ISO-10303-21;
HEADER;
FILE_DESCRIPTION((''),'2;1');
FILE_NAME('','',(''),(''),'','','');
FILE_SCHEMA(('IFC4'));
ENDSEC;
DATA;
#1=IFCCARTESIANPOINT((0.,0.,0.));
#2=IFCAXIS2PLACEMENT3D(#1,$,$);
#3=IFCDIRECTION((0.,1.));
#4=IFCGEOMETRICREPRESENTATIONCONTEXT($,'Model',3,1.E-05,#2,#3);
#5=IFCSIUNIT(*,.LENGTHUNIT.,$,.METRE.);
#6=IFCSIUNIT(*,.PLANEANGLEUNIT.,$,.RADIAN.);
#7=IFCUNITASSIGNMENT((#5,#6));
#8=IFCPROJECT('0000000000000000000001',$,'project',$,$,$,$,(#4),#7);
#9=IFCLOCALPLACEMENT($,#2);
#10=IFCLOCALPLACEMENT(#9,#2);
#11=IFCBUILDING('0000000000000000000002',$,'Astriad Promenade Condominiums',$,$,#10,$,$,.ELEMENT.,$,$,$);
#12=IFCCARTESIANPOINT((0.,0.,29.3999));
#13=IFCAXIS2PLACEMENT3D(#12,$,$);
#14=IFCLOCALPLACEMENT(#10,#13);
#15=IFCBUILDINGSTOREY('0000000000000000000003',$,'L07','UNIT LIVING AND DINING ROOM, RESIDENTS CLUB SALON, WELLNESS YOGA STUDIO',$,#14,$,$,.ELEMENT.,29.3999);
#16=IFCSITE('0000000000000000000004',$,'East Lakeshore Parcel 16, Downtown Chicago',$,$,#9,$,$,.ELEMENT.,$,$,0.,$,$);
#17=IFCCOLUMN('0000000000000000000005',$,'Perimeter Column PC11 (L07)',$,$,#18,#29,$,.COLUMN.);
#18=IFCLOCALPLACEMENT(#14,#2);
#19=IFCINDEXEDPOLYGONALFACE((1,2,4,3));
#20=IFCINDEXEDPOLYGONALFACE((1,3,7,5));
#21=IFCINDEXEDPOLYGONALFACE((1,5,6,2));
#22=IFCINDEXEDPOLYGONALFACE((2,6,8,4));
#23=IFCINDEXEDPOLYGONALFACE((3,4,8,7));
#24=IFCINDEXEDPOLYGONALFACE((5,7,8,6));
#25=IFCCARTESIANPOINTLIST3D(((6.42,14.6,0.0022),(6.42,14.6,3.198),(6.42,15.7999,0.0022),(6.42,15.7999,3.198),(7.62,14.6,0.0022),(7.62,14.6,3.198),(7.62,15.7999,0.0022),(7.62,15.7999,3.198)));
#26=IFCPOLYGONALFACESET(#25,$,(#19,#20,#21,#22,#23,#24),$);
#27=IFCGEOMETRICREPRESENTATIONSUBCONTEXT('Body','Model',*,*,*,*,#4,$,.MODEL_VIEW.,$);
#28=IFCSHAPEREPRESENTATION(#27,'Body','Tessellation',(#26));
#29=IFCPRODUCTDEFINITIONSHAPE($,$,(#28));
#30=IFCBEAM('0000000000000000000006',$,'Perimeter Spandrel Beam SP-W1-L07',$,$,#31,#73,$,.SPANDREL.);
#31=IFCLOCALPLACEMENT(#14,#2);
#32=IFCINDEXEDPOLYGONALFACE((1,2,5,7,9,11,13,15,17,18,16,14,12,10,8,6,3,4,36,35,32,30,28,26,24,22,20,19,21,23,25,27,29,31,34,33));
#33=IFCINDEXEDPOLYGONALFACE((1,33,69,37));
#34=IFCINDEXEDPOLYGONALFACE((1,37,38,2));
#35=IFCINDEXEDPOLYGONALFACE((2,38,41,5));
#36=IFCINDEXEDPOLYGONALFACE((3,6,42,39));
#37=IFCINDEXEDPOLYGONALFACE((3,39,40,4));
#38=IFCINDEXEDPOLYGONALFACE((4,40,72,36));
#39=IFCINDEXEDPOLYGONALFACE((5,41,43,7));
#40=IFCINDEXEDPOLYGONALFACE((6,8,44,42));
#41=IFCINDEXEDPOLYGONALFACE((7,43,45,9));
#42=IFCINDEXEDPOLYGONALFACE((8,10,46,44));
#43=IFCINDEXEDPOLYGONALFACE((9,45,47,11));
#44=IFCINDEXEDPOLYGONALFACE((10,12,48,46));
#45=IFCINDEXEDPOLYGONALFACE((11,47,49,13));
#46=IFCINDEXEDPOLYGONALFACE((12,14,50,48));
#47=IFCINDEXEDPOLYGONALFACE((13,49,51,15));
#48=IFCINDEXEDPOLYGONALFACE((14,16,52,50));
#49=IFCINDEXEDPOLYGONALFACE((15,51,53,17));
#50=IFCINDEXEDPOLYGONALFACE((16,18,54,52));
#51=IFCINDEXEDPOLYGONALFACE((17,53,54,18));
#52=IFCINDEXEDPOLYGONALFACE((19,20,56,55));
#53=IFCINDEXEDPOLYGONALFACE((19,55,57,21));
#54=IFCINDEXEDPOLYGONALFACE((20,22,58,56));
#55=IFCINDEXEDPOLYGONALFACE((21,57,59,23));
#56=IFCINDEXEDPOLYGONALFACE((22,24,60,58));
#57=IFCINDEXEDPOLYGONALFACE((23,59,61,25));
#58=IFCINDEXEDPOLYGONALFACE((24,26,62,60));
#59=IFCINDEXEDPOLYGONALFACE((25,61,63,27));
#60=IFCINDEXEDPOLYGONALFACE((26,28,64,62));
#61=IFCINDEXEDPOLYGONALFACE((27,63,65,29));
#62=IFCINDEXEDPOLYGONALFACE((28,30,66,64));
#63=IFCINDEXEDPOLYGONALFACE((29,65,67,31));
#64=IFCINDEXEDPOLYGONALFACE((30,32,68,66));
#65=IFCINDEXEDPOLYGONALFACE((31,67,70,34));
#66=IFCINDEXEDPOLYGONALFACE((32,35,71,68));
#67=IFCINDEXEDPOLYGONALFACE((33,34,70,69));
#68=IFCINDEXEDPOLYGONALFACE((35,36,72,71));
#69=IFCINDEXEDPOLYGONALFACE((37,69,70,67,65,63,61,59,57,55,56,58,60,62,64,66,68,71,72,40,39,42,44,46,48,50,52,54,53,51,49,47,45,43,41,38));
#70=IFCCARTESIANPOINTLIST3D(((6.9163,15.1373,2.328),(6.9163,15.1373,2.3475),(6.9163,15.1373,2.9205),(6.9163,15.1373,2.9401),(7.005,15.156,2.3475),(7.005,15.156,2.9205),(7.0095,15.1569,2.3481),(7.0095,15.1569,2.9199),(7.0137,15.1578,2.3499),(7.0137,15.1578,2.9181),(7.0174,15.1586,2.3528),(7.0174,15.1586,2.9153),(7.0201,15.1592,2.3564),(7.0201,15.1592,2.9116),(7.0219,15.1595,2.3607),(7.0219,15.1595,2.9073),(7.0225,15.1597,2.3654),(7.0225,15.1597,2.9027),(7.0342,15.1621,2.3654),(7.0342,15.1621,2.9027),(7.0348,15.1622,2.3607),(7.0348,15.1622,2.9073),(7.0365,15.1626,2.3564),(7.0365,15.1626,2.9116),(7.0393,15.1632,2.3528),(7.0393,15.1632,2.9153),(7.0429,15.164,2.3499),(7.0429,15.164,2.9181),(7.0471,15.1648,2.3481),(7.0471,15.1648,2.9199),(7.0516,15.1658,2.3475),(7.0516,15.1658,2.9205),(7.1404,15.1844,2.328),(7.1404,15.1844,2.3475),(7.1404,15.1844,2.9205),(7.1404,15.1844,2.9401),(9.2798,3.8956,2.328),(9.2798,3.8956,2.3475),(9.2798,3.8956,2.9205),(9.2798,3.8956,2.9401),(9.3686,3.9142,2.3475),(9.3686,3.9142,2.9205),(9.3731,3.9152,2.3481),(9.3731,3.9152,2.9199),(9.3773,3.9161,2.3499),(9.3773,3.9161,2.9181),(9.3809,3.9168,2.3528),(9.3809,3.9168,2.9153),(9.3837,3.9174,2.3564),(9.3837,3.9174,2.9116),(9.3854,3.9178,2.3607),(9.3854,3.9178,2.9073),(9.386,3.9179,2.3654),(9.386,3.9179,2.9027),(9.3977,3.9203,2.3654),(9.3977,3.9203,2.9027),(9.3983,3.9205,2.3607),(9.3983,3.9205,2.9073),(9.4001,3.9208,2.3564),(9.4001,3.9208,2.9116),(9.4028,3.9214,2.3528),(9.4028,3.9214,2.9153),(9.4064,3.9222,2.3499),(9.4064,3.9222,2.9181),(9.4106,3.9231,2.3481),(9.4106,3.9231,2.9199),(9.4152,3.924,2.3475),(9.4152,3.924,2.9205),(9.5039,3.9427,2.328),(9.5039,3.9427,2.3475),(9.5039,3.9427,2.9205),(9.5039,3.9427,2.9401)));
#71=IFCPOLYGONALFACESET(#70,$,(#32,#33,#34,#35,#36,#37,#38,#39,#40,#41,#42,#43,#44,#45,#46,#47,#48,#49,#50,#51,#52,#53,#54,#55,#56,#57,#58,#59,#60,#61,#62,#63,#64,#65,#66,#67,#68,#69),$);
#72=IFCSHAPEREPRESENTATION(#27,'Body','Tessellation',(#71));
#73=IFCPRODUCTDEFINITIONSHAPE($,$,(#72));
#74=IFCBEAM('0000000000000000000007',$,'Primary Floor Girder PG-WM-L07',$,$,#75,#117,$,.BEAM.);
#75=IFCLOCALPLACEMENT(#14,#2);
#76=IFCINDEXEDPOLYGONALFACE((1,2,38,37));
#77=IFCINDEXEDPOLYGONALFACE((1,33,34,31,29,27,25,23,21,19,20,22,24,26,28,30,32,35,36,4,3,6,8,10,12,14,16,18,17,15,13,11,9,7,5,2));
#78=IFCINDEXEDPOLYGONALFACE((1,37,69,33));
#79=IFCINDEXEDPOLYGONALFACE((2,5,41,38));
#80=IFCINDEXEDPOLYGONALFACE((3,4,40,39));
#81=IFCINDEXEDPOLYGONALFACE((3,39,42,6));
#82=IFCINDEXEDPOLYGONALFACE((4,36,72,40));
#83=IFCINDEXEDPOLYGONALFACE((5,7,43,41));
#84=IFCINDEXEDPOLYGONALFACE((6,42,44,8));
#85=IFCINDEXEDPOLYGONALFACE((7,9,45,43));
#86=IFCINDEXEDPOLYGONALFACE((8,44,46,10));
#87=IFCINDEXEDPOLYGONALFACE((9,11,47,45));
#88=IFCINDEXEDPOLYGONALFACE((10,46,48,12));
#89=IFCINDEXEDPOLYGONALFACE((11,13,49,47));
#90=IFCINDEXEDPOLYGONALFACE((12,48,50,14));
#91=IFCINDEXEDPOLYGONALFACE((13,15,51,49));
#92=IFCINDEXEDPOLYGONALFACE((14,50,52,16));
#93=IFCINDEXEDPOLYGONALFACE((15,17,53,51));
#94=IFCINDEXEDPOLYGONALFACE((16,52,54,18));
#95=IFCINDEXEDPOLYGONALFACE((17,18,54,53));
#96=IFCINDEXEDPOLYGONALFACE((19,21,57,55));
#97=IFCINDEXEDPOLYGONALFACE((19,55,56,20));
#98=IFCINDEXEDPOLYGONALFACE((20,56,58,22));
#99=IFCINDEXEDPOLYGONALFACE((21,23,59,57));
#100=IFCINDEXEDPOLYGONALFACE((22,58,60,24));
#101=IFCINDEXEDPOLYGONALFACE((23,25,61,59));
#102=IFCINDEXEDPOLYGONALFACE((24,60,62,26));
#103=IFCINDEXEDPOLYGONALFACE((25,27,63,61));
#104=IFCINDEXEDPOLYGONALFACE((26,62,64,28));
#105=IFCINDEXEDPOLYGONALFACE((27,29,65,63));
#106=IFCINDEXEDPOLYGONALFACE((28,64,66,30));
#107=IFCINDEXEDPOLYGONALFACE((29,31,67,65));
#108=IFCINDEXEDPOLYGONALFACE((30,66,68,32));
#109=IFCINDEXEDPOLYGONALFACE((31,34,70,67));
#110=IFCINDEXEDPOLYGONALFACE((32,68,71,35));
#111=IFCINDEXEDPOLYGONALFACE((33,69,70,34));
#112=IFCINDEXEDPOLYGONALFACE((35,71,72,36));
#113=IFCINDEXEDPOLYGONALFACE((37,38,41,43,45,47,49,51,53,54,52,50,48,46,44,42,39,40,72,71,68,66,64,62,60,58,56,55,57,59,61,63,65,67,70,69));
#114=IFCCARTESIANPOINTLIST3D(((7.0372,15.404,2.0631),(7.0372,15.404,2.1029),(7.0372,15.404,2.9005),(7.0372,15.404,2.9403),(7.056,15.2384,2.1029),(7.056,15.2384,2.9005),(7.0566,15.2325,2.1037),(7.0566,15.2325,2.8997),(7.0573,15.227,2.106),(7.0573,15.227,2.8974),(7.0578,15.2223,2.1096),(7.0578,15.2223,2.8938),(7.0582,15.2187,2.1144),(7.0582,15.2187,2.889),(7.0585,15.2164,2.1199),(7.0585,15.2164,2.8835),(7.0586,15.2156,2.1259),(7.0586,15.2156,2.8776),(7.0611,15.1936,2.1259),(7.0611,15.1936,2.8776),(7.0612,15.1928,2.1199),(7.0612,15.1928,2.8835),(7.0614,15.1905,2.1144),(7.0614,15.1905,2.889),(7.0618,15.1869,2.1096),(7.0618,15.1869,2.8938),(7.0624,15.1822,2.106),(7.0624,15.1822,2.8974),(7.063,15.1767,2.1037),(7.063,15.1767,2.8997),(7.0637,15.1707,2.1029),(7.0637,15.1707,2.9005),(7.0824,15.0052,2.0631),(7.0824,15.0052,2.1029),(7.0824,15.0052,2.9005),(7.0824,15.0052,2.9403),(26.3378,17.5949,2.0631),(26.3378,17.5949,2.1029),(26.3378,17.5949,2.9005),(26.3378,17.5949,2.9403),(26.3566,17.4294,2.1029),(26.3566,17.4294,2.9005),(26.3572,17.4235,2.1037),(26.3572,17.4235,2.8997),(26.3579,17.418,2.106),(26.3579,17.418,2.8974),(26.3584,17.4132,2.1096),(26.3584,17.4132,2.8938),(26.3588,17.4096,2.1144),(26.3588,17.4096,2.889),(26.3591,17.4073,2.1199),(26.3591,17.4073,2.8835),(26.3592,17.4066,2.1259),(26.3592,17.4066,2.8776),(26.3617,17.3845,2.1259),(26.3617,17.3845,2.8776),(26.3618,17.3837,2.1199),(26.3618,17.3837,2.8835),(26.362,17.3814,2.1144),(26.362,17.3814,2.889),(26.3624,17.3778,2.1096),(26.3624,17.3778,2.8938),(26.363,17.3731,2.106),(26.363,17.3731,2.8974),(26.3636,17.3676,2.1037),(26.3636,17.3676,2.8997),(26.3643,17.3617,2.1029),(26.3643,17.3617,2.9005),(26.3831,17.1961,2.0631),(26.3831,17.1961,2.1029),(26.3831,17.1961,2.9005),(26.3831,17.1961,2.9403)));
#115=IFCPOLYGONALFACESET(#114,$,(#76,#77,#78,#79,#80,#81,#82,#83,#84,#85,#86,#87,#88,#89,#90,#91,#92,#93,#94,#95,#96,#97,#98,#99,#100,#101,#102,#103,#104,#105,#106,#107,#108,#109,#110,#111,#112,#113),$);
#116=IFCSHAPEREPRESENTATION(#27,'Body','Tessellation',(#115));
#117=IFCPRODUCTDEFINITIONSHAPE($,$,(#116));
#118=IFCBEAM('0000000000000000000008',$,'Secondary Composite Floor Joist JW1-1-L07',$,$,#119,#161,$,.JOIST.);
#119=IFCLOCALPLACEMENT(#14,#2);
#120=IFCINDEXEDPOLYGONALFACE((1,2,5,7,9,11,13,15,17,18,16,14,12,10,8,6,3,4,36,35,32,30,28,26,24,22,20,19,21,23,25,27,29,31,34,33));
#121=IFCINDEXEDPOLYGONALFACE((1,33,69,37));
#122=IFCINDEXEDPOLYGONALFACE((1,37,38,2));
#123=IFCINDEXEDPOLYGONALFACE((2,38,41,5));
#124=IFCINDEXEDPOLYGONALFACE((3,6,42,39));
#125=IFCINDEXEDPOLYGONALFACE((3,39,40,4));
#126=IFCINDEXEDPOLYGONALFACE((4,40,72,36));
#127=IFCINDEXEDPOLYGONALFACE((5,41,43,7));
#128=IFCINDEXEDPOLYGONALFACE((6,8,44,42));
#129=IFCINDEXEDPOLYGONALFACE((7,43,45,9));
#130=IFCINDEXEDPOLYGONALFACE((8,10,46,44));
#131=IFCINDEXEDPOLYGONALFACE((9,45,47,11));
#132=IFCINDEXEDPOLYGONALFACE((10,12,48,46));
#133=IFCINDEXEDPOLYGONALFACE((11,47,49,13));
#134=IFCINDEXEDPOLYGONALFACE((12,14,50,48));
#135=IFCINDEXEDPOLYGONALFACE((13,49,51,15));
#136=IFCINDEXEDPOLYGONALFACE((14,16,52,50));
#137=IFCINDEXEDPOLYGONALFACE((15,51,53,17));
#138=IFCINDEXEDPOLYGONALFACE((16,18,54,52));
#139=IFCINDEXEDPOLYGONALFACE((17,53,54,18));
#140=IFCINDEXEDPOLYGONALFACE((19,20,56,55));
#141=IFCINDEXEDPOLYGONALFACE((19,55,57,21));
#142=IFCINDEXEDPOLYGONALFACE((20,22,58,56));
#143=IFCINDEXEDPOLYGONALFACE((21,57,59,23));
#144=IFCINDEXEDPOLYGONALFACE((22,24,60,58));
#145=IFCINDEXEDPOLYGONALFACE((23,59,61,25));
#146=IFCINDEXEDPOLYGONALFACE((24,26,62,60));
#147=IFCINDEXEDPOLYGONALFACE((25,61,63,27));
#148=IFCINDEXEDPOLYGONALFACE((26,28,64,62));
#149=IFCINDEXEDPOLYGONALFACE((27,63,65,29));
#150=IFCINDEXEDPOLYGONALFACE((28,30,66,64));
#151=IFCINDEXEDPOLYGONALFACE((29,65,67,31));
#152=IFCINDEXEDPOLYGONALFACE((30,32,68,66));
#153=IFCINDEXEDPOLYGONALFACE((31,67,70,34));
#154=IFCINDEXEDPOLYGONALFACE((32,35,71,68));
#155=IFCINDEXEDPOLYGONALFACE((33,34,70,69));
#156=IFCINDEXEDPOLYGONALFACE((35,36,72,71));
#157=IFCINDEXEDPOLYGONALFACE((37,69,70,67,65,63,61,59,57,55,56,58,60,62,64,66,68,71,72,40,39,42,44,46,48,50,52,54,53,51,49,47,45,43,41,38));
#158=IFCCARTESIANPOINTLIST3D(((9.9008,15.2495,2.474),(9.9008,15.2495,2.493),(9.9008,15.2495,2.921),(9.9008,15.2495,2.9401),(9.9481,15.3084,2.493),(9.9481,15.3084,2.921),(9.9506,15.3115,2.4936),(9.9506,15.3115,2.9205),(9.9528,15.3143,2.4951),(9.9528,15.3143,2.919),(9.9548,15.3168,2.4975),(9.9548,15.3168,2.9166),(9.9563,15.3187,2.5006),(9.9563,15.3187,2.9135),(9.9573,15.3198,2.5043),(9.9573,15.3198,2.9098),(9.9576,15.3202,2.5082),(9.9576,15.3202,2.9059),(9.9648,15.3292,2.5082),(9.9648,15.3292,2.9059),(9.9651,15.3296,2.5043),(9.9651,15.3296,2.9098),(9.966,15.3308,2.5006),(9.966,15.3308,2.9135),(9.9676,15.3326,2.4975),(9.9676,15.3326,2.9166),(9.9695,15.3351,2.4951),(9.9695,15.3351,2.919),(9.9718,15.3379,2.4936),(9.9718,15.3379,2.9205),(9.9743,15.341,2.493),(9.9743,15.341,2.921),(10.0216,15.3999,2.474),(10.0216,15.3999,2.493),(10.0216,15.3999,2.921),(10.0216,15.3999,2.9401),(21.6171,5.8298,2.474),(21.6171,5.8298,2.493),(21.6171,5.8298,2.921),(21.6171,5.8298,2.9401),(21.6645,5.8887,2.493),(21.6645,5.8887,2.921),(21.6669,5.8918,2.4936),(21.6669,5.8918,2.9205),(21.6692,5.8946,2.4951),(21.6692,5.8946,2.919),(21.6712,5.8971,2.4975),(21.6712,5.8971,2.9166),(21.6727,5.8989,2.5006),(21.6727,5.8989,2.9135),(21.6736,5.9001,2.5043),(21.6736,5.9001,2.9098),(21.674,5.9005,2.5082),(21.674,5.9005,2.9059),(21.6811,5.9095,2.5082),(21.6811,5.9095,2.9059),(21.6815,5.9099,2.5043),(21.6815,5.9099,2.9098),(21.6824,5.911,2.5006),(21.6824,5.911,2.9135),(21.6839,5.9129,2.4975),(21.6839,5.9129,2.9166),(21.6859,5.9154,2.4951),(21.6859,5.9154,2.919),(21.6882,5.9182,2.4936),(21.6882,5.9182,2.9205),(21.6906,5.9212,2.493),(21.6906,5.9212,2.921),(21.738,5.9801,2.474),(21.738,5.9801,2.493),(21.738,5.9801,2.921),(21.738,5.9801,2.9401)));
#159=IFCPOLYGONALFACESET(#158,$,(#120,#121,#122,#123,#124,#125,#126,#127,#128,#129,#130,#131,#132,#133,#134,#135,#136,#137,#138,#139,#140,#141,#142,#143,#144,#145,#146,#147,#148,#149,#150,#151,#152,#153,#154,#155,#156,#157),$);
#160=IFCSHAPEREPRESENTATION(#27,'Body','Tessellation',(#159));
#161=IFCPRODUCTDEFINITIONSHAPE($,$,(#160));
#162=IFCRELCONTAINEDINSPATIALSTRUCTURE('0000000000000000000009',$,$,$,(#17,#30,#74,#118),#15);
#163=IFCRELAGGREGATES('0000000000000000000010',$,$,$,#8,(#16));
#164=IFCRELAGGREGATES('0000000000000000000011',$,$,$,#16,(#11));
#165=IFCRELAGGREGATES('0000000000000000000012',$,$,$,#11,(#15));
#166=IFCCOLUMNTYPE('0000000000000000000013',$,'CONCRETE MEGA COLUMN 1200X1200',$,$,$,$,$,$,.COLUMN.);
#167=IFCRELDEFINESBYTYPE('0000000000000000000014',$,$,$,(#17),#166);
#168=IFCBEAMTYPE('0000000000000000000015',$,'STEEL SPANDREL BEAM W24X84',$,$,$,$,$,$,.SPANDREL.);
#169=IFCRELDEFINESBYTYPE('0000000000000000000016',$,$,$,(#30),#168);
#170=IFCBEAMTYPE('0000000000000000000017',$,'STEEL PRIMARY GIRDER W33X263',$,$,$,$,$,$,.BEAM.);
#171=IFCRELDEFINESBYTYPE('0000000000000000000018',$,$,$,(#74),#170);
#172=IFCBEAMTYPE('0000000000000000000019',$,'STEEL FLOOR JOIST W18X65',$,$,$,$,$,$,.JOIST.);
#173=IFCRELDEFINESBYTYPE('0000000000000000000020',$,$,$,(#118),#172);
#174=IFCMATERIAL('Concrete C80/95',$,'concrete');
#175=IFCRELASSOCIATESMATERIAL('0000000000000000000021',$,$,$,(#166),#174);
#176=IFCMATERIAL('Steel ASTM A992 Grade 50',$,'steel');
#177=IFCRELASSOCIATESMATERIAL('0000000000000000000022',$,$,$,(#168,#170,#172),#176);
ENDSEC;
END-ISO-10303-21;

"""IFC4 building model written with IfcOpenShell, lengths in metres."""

from ifc_helpers import new_model, si_unit, direction, frame, origin, origin_2d, place, context, subcontext, project, spatial, rectangle, i_section, extrude, source, transform, mapped, material, material_profile, profile_set, type_object, type_shapes, element, save


model = new_model("IFC4")

# Units and contexts
model_context = context("Model", 3, precision=1e-05, world=origin(), true_north=direction((0.0, 1.0)))
body_context = subcontext(model_context, "Body", "Model", "MODEL_VIEW")
ifc_project = project(units=[si_unit("LENGTHUNIT", "METRE"), si_unit("PLANEANGLEUNIT", "RADIAN")], contexts=[model_context])

# Site, building, storey
site_placement = place(None, origin())
site = spatial("IfcSite", under=ifc_project, at=site_placement, Name="East Lakeshore Parcel 16, Downtown Chicago", CompositionType="ELEMENT", RefElevation=0.0)
building_placement = place(site_placement, origin())
building = spatial("IfcBuilding", under=site, at=building_placement, Name="Astriad Promenade Condominiums", CompositionType="ELEMENT")
storey_placement = place(building_placement, frame((0.0, 0.0, 29.3999)))
storey = spatial("IfcBuildingStorey", under=building, at=storey_placement, Name="L07", Description="UNIT LIVING AND DINING ROOM, RESIDENTS CLUB SALON, WELLNESS YOGA STUDIO", CompositionType="ELEMENT", Elevation=29.3999)

# Column
ifc_material_1 = material(Name="Concrete C80/95", Category="concrete")
ifc_material_profile_1 = material_profile(ifc_material_1, rectangle(XDim=1.2, YDim=1.2, at=origin_2d()), Name="RC-COL-1200X1200")
ifc_profile_set_1 = profile_set([ifc_material_profile_1], Name="Concrete C80/95")
column_type = type_object("IfcColumnType", Name="CONCRETE MEGA COLUMN 1200X1200", PredefinedType="COLUMN", material=ifc_profile_set_1)
shared_shape_1 = source(origin(), body_context, "Body", "SweptSolid", [
    extrude(rectangle(XDim=1.2, YDim=1.2, at=origin_2d()), origin(), (0.0, 0.0, 1.0), 3.1958),
])
type_shapes(column_type, [shared_shape_1])
column_placement = place(storey_placement, frame((7.02, 15.2, 0.0022), z_axis=(0.0, 0.0, 1.0), x_axis=(1.0, 0.0, 0.0)))
element("IfcColumn", 1, at=column_placement, inside=storey, type_object=column_type, Name="Perimeter Column PC11 (L07)", PredefinedType="COLUMN", context=body_context, shape_type="MappedRepresentation", body=[
    mapped(shared_shape_1, transform((0.0, 0.0, 0.0), scale=1.0)),
])

# Beams
ifc_material_2 = material(Name="Steel ASTM A992 Grade 50", Category="steel")
ifc_material_profile_2 = material_profile(ifc_material_2, i_section(OverallWidth=0.229, OverallDepth=0.6121, WebThickness=0.012, FlangeThickness=0.0195, FilletRadius=0.0178, at=origin_2d()), Name="W24X84")
ifc_profile_set_2 = profile_set([ifc_material_profile_2], Name="Steel ASTM A992 Grade 50")
beam_type_1 = type_object("IfcBeamType", Name="STEEL SPANDREL BEAM W24X84", PredefinedType="SPANDREL", material=ifc_profile_set_2)
shared_shape_2 = source(origin(), body_context, "Body", "SweptSolid", [
    extrude(i_section(OverallWidth=0.229, OverallDepth=0.6121, WebThickness=0.012, FlangeThickness=0.0195, FilletRadius=0.0178, at=origin_2d()), origin(), (0.0, 0.0, 1.0), 11.4875),
])
type_shapes(beam_type_1, [shared_shape_2])
beam_1_placement = place(storey_placement, frame((7.0283, 15.1609, 2.634), z_axis=(0.205748, -0.978605, 0.0), x_axis=(0.978605, 0.205748, 0.0)))
element("IfcBeam", 2, at=beam_1_placement, inside=storey, type_object=beam_type_1, Name="Perimeter Spandrel Beam SP-W1-L07", PredefinedType="SPANDREL", context=body_context, shape_type="MappedRepresentation", body=[
    mapped(shared_shape_2, transform((0.0, 0.0, 0.0), scale=1.0)),
])
ifc_material_profile_3 = material_profile(ifc_material_2, i_section(OverallWidth=0.4014, OverallDepth=0.8772, WebThickness=0.0222, FlangeThickness=0.0398, FilletRadius=0.0229, at=origin_2d()), Name="W33X263")
ifc_profile_set_3 = profile_set([ifc_material_profile_3], Name="Steel ASTM A992 Grade 50")
beam_type_2 = type_object("IfcBeamType", Name="STEEL PRIMARY GIRDER W33X263", PredefinedType="BEAM", material=ifc_profile_set_3)
shared_shape_3 = source(origin(), body_context, "Body", "SweptSolid", [
    extrude(i_section(OverallWidth=0.4014, OverallDepth=0.8772, WebThickness=0.0222, FlangeThickness=0.0398, FilletRadius=0.0229, at=origin_2d()), origin(), (0.0, 0.0, 1.0), 19.4246),
])
type_shapes(beam_type_2, [shared_shape_3])
beam_2_placement = place(storey_placement, frame((7.0598, 15.2046, 2.5017), z_axis=(0.993619, 0.112792, 0.0), x_axis=(-0.112792, 0.993619, 0.0)))
element("IfcBeam", 3, at=beam_2_placement, inside=storey, type_object=beam_type_2, Name="Primary Floor Girder PG-WM-L07", PredefinedType="BEAM", context=body_context, shape_type="MappedRepresentation", body=[
    mapped(shared_shape_3, transform((0.0, 0.0, 0.0), scale=1.0)),
])
ifc_material_profile_4 = material_profile(ifc_material_2, i_section(OverallWidth=0.1929, OverallDepth=0.4661, WebThickness=0.0115, FlangeThickness=0.019, FilletRadius=0.0151, at=origin_2d()), Name="W18X65")
ifc_profile_set_4 = profile_set([ifc_material_profile_4], Name="Steel ASTM A992 Grade 50")
beam_type_3 = type_object("IfcBeamType", Name="STEEL FLOOR JOIST W18X65", PredefinedType="JOIST", material=ifc_profile_set_4)
shared_shape_4 = source(origin(), body_context, "Body", "SweptSolid", [
    extrude(i_section(OverallWidth=0.1929, OverallDepth=0.4661, WebThickness=0.0115, FlangeThickness=0.019, FilletRadius=0.0151, at=origin_2d()), origin(), (0.0, 0.0, 1.0), 15.0334),
])
beam_3_placement = place(storey_placement, frame((9.9612, 15.3247, 2.707), z_axis=(0.779353, -0.626585, 0.0), x_axis=(0.626585, 0.779353, 0.0)))
element("IfcBeam", 4, at=beam_3_placement, inside=storey, type_object=beam_type_3, Name="Secondary Composite Floor Joist JW1-1-L07", PredefinedType="JOIST", context=body_context, shape_type="MappedRepresentation", body=[
    mapped(shared_shape_4, transform((0.0, 0.0, 0.0), scale=1.0)),
])

save(model, "model.ifc")
